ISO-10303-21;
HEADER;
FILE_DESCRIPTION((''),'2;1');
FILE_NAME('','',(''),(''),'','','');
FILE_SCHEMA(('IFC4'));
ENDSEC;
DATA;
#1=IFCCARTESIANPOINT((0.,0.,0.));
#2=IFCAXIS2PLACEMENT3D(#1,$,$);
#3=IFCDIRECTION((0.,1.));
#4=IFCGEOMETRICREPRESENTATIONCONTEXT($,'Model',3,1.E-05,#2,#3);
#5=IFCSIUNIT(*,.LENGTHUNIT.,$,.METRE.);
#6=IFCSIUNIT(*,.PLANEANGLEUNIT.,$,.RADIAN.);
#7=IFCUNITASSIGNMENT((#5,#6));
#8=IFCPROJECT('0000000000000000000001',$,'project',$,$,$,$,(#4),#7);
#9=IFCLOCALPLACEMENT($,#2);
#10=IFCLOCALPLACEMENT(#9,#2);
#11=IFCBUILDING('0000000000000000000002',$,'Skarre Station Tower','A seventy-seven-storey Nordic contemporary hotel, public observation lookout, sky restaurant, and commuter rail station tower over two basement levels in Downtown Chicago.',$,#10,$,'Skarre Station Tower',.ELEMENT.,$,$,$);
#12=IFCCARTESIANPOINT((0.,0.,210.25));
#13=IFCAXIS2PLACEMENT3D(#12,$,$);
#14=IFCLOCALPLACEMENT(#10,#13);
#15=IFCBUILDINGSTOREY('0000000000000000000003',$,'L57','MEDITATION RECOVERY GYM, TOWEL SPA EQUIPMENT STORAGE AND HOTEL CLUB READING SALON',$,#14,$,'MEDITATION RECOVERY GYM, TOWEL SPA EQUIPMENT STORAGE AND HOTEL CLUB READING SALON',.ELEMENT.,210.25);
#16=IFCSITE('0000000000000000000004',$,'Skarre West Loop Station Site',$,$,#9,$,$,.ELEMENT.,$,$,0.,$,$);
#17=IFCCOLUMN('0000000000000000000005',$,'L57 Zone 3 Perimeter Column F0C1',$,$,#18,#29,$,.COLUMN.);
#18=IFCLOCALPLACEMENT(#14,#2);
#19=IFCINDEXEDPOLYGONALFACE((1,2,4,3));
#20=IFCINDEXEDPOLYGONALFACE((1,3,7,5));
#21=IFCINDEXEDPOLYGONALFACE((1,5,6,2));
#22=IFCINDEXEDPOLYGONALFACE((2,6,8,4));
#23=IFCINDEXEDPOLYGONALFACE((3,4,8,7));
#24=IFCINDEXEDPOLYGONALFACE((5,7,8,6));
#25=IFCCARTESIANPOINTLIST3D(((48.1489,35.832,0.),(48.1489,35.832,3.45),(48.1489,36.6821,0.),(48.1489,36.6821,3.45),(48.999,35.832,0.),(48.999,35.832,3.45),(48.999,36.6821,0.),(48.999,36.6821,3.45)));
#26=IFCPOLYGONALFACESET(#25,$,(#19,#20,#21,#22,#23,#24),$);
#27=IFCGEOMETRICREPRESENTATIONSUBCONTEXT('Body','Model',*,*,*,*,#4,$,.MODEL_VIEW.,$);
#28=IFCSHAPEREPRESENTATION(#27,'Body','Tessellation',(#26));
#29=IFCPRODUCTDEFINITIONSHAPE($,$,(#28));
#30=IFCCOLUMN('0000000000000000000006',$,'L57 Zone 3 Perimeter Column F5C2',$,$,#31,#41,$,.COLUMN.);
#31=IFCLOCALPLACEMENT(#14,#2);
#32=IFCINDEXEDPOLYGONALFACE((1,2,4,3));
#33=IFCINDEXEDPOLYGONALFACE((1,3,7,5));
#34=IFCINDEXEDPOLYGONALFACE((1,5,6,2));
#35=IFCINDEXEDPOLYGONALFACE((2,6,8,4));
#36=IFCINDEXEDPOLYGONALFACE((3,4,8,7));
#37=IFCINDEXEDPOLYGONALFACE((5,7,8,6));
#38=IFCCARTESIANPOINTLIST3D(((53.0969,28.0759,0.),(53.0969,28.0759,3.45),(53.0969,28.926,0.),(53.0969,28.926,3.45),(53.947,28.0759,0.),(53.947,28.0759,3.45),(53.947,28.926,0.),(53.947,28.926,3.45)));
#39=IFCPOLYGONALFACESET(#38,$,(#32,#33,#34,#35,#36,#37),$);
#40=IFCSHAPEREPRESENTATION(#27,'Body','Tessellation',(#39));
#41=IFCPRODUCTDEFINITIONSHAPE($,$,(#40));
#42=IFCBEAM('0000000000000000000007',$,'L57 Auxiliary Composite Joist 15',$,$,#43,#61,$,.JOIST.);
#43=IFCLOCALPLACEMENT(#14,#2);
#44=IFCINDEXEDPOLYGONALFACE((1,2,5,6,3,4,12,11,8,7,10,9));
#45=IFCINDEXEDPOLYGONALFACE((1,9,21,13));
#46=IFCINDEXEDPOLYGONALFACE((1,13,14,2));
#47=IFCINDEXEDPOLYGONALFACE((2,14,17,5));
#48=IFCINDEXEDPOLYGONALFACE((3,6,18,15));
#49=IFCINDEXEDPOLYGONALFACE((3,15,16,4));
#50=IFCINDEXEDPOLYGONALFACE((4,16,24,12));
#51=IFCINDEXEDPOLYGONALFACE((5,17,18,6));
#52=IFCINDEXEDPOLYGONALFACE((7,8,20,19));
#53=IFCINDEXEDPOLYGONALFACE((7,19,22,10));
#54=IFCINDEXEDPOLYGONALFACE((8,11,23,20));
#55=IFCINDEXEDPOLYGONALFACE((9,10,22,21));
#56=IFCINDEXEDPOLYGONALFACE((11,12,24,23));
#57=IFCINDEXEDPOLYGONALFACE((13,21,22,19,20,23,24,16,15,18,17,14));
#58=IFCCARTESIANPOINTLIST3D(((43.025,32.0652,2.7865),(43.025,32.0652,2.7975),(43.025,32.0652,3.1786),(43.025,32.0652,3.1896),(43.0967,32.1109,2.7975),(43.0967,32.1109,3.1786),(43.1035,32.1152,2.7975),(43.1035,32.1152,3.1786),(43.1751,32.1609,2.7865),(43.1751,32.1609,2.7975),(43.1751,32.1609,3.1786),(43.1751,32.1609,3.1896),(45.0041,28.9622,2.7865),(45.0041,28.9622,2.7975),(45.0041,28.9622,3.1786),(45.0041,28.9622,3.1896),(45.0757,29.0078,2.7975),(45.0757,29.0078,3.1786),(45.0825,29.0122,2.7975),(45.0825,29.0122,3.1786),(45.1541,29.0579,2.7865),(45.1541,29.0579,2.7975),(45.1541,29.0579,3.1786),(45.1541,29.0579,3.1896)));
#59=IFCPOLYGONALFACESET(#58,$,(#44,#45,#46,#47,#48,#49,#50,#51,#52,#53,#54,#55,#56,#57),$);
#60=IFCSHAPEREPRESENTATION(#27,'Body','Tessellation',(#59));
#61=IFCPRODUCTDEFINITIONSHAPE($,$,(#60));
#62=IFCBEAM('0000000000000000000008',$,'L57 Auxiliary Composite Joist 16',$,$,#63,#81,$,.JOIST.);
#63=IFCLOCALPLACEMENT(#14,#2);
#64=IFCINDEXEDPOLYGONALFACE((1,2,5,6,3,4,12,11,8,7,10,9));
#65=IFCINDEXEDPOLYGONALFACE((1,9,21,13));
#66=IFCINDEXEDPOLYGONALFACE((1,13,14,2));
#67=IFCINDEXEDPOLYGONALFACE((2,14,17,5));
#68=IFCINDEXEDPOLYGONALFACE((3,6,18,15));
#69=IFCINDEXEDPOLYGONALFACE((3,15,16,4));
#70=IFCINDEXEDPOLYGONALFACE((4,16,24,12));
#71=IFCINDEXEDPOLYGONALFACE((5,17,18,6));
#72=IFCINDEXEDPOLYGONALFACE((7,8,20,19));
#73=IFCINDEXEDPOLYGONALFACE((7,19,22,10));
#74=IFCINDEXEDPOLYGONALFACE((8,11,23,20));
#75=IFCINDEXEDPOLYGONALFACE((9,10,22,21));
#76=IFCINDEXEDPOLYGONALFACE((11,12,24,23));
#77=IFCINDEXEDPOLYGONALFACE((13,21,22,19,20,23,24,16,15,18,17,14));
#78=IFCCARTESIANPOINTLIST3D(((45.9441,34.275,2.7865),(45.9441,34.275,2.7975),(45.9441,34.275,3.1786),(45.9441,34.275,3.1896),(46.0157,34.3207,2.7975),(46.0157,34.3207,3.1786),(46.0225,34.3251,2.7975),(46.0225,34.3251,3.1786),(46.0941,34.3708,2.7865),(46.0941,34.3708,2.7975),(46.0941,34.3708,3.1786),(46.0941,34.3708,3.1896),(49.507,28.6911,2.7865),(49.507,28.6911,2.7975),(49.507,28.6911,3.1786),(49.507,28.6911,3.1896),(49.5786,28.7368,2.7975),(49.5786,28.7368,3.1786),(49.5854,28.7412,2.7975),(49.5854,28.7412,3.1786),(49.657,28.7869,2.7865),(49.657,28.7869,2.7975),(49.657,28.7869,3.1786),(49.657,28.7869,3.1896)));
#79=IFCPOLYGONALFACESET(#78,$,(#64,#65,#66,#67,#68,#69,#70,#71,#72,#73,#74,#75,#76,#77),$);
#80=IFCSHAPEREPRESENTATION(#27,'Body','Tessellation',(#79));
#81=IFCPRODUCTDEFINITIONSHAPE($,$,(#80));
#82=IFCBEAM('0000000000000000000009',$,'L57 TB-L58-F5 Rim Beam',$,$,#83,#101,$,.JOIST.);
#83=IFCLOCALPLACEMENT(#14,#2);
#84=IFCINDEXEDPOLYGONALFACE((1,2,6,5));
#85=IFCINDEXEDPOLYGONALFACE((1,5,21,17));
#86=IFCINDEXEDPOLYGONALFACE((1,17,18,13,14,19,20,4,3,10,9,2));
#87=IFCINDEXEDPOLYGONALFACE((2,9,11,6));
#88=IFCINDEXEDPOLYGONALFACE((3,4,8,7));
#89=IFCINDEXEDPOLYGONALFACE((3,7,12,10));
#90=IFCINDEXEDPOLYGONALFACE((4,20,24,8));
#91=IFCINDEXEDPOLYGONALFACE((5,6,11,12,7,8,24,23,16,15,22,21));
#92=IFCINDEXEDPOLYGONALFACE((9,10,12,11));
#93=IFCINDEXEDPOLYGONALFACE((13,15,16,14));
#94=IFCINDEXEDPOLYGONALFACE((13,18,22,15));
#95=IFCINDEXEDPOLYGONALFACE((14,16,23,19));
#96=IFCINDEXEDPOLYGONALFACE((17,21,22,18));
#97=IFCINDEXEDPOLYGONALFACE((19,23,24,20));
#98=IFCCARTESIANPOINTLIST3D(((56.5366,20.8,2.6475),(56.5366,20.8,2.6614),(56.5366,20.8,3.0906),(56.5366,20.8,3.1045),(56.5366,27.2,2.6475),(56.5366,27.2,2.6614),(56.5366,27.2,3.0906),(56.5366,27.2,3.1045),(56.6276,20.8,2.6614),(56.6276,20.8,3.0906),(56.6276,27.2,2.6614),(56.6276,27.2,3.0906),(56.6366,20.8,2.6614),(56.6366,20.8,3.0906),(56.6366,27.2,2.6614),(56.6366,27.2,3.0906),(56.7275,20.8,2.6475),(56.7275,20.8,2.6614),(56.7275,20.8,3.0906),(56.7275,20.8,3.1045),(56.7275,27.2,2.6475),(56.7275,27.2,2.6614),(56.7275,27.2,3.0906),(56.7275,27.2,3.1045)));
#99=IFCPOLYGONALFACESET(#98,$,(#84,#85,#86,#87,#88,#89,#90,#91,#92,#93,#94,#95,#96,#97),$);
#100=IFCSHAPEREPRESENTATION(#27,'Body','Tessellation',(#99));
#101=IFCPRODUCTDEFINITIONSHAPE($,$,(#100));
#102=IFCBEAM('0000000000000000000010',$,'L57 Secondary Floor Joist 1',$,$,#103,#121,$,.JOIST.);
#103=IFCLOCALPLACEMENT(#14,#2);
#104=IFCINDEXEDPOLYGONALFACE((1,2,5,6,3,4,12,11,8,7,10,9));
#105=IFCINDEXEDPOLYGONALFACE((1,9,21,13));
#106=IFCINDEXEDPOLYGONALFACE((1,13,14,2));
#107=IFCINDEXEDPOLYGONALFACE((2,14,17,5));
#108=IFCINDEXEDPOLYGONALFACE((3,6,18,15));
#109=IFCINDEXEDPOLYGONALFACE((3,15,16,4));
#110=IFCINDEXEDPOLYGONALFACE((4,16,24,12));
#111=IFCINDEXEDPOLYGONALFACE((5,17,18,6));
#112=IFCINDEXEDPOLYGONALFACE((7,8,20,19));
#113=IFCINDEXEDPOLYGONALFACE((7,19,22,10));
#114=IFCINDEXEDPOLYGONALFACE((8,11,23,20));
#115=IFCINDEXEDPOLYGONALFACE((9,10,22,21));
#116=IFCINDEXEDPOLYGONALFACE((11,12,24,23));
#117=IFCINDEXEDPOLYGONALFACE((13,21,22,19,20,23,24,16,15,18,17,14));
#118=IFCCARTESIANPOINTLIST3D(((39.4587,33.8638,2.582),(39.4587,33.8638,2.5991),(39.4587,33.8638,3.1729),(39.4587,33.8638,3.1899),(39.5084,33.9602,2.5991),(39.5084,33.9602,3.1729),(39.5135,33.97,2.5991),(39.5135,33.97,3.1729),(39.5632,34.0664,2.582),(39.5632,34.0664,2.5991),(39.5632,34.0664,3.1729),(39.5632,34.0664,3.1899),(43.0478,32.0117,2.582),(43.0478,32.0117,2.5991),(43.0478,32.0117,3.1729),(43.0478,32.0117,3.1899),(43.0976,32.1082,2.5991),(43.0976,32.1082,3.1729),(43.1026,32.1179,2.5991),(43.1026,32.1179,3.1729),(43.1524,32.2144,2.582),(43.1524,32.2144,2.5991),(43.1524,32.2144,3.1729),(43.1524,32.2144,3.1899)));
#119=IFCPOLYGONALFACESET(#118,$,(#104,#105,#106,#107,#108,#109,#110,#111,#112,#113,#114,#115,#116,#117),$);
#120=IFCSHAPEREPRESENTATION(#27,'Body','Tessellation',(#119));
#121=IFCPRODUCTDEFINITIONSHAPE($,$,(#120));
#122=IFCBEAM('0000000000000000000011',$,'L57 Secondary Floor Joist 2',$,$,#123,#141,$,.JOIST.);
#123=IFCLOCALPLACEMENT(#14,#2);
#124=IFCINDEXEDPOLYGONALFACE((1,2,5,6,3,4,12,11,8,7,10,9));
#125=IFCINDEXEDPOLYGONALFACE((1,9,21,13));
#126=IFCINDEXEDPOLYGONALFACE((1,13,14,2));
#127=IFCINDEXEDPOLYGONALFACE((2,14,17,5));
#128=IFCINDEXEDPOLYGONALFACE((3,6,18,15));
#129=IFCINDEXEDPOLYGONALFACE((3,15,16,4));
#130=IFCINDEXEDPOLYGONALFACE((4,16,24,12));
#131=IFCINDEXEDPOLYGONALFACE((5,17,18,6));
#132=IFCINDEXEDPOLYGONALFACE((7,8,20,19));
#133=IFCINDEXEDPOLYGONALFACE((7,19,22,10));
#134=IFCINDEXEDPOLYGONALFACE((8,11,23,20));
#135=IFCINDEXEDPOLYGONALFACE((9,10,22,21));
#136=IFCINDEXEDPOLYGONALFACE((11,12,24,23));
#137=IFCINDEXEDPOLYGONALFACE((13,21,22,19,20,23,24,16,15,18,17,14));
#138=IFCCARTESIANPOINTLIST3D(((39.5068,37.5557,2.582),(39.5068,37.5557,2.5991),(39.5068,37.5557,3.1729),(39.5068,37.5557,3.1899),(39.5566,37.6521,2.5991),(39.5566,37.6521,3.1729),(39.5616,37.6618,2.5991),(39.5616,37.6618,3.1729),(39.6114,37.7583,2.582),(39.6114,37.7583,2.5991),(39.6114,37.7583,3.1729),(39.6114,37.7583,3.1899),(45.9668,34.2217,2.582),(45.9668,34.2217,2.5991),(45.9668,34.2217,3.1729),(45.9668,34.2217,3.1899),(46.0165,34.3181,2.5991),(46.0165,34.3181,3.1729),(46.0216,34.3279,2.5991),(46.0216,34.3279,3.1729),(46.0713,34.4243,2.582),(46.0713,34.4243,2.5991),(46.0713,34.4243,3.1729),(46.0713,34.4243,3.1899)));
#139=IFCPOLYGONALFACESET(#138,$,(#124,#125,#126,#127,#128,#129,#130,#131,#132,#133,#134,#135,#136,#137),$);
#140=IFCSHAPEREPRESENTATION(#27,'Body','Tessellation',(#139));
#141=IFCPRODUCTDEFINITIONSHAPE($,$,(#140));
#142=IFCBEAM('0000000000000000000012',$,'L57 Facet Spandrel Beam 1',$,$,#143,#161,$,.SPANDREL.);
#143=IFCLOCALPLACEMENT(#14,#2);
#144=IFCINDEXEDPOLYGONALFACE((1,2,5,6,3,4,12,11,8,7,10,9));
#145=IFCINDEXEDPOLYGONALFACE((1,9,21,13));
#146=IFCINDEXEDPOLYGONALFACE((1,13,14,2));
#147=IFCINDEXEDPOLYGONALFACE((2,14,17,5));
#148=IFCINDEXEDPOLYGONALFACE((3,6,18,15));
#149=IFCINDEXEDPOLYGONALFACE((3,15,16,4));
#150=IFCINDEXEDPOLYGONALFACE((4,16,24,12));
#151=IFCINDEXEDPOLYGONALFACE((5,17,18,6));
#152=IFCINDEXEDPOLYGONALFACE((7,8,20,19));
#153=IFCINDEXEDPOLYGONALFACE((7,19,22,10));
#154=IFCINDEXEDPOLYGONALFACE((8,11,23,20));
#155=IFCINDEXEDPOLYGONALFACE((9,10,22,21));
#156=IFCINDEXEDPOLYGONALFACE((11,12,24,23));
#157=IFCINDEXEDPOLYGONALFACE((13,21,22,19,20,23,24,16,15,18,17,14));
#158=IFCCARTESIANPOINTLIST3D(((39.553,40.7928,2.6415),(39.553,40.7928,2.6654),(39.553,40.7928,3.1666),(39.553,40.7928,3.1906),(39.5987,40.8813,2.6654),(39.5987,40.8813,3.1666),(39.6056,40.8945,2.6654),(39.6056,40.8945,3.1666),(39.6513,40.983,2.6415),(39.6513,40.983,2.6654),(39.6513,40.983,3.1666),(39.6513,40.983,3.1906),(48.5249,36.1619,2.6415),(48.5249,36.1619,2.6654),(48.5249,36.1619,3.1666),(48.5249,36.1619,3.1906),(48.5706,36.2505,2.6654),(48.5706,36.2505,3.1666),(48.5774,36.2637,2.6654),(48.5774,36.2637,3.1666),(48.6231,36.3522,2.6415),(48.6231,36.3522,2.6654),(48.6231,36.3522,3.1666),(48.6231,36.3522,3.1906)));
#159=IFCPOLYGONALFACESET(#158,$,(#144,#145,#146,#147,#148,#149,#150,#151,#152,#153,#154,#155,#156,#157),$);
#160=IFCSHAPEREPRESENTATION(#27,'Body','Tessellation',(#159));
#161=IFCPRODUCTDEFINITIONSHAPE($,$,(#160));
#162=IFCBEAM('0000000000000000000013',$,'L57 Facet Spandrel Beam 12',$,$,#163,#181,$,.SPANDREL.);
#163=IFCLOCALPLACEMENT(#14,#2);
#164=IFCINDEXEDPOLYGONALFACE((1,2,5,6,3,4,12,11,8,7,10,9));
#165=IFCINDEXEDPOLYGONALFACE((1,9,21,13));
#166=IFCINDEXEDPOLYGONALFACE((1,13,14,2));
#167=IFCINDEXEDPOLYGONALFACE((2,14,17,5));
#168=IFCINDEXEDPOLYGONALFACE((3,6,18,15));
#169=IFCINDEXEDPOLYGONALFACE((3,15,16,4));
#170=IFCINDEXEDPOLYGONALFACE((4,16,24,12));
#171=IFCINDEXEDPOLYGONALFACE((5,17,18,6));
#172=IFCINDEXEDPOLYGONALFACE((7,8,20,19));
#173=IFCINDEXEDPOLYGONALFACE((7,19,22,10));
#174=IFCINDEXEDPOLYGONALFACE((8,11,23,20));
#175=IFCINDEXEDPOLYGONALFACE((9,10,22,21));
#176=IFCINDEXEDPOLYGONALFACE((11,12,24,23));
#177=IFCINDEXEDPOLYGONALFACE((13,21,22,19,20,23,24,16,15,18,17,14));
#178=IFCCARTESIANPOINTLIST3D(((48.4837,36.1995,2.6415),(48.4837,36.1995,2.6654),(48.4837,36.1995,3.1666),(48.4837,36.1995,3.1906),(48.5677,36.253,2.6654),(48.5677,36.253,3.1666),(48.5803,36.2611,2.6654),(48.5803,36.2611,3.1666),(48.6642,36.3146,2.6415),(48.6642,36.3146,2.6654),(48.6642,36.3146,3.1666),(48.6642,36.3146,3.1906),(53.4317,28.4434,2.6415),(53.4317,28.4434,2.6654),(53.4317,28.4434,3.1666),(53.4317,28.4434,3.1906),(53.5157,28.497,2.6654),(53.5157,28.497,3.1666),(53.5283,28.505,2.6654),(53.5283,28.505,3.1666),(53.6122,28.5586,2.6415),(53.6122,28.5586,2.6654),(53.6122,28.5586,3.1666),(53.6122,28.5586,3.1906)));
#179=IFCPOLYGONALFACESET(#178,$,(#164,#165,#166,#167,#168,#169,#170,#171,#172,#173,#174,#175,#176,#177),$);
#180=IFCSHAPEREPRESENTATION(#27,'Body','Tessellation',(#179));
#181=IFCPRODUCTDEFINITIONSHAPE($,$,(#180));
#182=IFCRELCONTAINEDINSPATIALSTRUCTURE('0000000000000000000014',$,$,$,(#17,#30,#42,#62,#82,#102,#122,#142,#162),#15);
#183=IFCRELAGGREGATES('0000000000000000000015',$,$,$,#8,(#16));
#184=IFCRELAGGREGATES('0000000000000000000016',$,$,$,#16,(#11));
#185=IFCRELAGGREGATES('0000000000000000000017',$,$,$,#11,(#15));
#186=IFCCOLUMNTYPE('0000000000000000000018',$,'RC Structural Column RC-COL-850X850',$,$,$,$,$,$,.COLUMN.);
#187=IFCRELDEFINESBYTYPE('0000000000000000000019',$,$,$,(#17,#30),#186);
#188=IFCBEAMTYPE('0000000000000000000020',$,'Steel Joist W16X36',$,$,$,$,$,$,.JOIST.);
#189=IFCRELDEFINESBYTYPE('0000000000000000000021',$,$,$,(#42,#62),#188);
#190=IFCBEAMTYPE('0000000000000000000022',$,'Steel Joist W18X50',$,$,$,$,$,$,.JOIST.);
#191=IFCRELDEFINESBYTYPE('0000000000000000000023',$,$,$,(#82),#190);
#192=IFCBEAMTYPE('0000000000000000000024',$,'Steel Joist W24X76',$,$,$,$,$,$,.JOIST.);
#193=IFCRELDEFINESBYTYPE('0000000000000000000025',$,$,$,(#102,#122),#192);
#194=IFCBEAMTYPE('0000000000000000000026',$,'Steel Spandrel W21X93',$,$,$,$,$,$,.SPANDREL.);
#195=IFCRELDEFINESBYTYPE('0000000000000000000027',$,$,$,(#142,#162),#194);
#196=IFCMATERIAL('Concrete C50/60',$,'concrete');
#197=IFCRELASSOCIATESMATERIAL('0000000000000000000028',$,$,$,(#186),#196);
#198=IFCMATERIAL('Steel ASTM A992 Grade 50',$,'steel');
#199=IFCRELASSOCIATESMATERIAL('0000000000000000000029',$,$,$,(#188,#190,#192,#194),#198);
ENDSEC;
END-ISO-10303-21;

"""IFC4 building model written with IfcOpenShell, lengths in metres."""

from ifc_helpers import new_model, si_unit, direction, frame, origin, origin_2d, place, context, subcontext, project, spatial, rectangle, i_section, extrude, material, material_profile, profile_set, type_object, element, save


model = new_model("IFC4")

# Units and contexts
model_context = context("Model", 3, precision=1e-05, world=origin(), true_north=direction((0.0, 1.0)))
body_context = subcontext(model_context, "Body", "Model", "MODEL_VIEW")
ifc_project = project(units=[si_unit("LENGTHUNIT", "METRE"), si_unit("PLANEANGLEUNIT", "RADIAN")], contexts=[model_context])

# Site, building, storey
site_placement = place(None, origin())
site = spatial("IfcSite", under=ifc_project, at=site_placement, Name="Skarre West Loop Station Site", CompositionType="ELEMENT", RefElevation=0.0)
building_placement = place(site_placement, origin())
building = spatial("IfcBuilding", under=site, at=building_placement, Name="Skarre Station Tower", Description="A seventy-seven-storey Nordic contemporary hotel, public observation lookout, sky restaurant, and commuter rail station tower over two basement levels in Downtown Chicago.", LongName="Skarre Station Tower", CompositionType="ELEMENT")
storey_placement = place(building_placement, frame((0.0, 0.0, 210.25)))
storey = spatial("IfcBuildingStorey", under=building, at=storey_placement, Name="L57", Description="MEDITATION RECOVERY GYM, TOWEL SPA EQUIPMENT STORAGE AND HOTEL CLUB READING SALON", LongName="MEDITATION RECOVERY GYM, TOWEL SPA EQUIPMENT STORAGE AND HOTEL CLUB READING SALON", CompositionType="ELEMENT", Elevation=210.25)

# Columns
ifc_material_1 = material(Name="Concrete C50/60", Category="concrete")
ifc_material_profile_1 = material_profile(ifc_material_1, rectangle(XDim=0.8501, YDim=0.8501, at=origin_2d()), Name="Concrete C50/60")
ifc_profile_set_1 = profile_set([ifc_material_profile_1], Name="Concrete C50/60")
column_type = type_object("IfcColumnType", Name="RC Structural Column RC-COL-850X850", PredefinedType="COLUMN", material=ifc_profile_set_1)
for number, where, z_axis, x_axis, name in (
    (1, (48.574, 36.2571, 0.0), (0.0, 0.0, 1.0), (1.0, 0.0, 0.0), "L57 Zone 3 Perimeter Column F0C1"),
    (2, (53.522, 28.501, 0.0), (0.0, 0.0, 1.0), (1.0, 0.0, 0.0), "L57 Zone 3 Perimeter Column F5C2"),
):
    element("IfcColumn", number, at=place(storey_placement, frame(where, z_axis=z_axis, x_axis=x_axis)), inside=storey, type_object=column_type, Name=name, PredefinedType="COLUMN", context=body_context, shape_type="SweptSolid", body=[
        extrude(rectangle(XDim=0.8501, YDim=0.8501, at=origin_2d()), origin(), (0.0, 0.0, 1.0), 3.45),
    ])

# Beams
ifc_material_2 = material(Name="Steel ASTM A992 Grade 50", Category="steel")
ifc_material_profile_2 = material_profile(ifc_material_2, i_section(OverallWidth=0.178, OverallDepth=0.4031, WebThickness=0.0081, FlangeThickness=0.011, at=origin_2d()), Name="Steel ASTM A992 Grade 50")
ifc_profile_set_2 = profile_set([ifc_material_profile_2], Name="Steel ASTM A992 Grade 50")
beam_type_1 = type_object("IfcBeamType", Name="Steel Joist W16X36", PredefinedType="JOIST", material=ifc_profile_set_2)
beam_1_placement = place(storey_placement, frame((45.0791, 29.01, 2.988), z_axis=(-0.537717, 0.843126, 0.0), x_axis=(-0.843126, -0.537717, 0.0)))
element("IfcBeam", 3, at=beam_1_placement, inside=storey, type_object=beam_type_1, Name="L57 Auxiliary Composite Joist 15", PredefinedType="JOIST", context=body_context, shape_type="SweptSolid", body=[
    extrude(i_section(OverallWidth=0.178, OverallDepth=0.4031, WebThickness=0.0081, FlangeThickness=0.011, at=origin_2d()), origin(), (0.0, 0.0, 1.0), 3.6804),
])
beam_2_placement = place(storey_placement, frame((49.582, 28.739, 2.988), z_axis=(-0.537901, 0.843008, 0.0), x_axis=(-0.843008, -0.537901, 0.0)))
element("IfcBeam", 4, at=beam_2_placement, inside=storey, type_object=beam_type_1, Name="L57 Auxiliary Composite Joist 16", PredefinedType="JOIST", context=body_context, shape_type="SweptSolid", body=[
    extrude(i_section(OverallWidth=0.178, OverallDepth=0.4031, WebThickness=0.0081, FlangeThickness=0.011, at=origin_2d()), origin(), (0.0, 0.0, 1.0), 6.6238),
])
ifc_material_profile_3 = material_profile(ifc_material_2, i_section(OverallWidth=0.1909, OverallDepth=0.457, WebThickness=0.009, FlangeThickness=0.0139, at=origin_2d()), Name="Steel ASTM A992 Grade 50")
ifc_profile_set_3 = profile_set([ifc_material_profile_3], Name="Steel ASTM A992 Grade 50")
beam_type_2 = type_object("IfcBeamType", Name="Steel Joist W18X50", PredefinedType="JOIST", material=ifc_profile_set_3)
beam_3_placement = place(storey_placement, frame((56.6321, 20.8, 2.876), z_axis=(0.0, 1.0, 0.0), x_axis=(-1.0, 0.0, 0.0)))
element("IfcBeam", 5, at=beam_3_placement, inside=storey, type_object=beam_type_2, Name="L57 TB-L58-F5 Rim Beam", PredefinedType="JOIST", context=body_context, shape_type="SweptSolid", body=[
    extrude(i_section(OverallWidth=0.1909, OverallDepth=0.457, WebThickness=0.009, FlangeThickness=0.0139, at=origin_2d()), origin(), (0.0, 0.0, 1.0), 6.3999),
])
ifc_material_profile_4 = material_profile(ifc_material_2, i_section(OverallWidth=0.228, OverallDepth=0.6079, WebThickness=0.011, FlangeThickness=0.0171, at=origin_2d()), Name="Steel ASTM A992 Grade 50")
ifc_profile_set_4 = profile_set([ifc_material_profile_4], Name="Steel ASTM A992 Grade 50")
beam_type_3 = type_object("IfcBeamType", Name="Steel Joist W24X76", PredefinedType="JOIST", material=ifc_profile_set_4)
beam_4_placement = place(storey_placement, frame((43.1001, 32.113, 2.886), z_axis=(-0.88866, 0.458566, 0.0), x_axis=(-0.458566, -0.88866, 0.0)))
element("IfcBeam", 6, at=beam_4_placement, inside=storey, type_object=beam_type_3, Name="L57 Secondary Floor Joist 1", PredefinedType="JOIST", context=body_context, shape_type="SweptSolid", body=[
    extrude(i_section(OverallWidth=0.228, OverallDepth=0.6079, WebThickness=0.011, FlangeThickness=0.0171, at=origin_2d()), origin(), (0.0, 0.0, 1.0), 4.0388),
])
beam_5_placement = place(storey_placement, frame((46.019, 34.323, 2.886), z_axis=(-0.888631, 0.458622, 0.0), x_axis=(-0.458622, -0.888631, 0.0)))
element("IfcBeam", 7, at=beam_5_placement, inside=storey, type_object=beam_type_3, Name="L57 Secondary Floor Joist 2", PredefinedType="JOIST", context=body_context, shape_type="SweptSolid", body=[
    extrude(i_section(OverallWidth=0.228, OverallDepth=0.6079, WebThickness=0.011, FlangeThickness=0.0171, at=origin_2d()), origin(), (0.0, 0.0, 1.0), 7.2695),
])
ifc_material_profile_5 = material_profile(ifc_material_2, i_section(OverallWidth=0.2141, OverallDepth=0.5491, WebThickness=0.0149, FlangeThickness=0.0239, at=origin_2d()), Name="Steel ASTM A992 Grade 50")
ifc_profile_set_5 = profile_set([ifc_material_profile_5], Name="Steel ASTM A992 Grade 50")
beam_type_4 = type_object("IfcBeamType", Name="Steel Spandrel W21X93", PredefinedType="SPANDREL", material=ifc_profile_set_5)
beam_6_placement = place(storey_placement, frame((48.574, 36.2571, 2.916), z_axis=(-0.888613, 0.458658, 0.0), x_axis=(-0.458658, -0.888613, 0.0)))
element("IfcBeam", 8, at=beam_6_placement, inside=storey, type_object=beam_type_4, Name="L57 Facet Spandrel Beam 1", PredefinedType="SPANDREL", context=body_context, shape_type="SweptSolid", body=[
    extrude(i_section(OverallWidth=0.2141, OverallDepth=0.5491, WebThickness=0.0149, FlangeThickness=0.0239, at=origin_2d()), origin(), (0.0, 0.0, 1.0), 10.0964),
])
beam_7_placement = place(storey_placement, frame((53.522, 28.501, 2.916), z_axis=(-0.537826, 0.843056, 0.0), x_axis=(-0.843056, -0.537826, 0.0)))
element("IfcBeam", 9, at=beam_7_placement, inside=storey, type_object=beam_type_4, Name="L57 Facet Spandrel Beam 12", PredefinedType="SPANDREL", context=body_context, shape_type="SweptSolid", body=[
    extrude(i_section(OverallWidth=0.2141, OverallDepth=0.5491, WebThickness=0.0149, FlangeThickness=0.0239, at=origin_2d()), origin(), (0.0, 0.0, 1.0), 9.2),
])

save(model, "model.ifc")
